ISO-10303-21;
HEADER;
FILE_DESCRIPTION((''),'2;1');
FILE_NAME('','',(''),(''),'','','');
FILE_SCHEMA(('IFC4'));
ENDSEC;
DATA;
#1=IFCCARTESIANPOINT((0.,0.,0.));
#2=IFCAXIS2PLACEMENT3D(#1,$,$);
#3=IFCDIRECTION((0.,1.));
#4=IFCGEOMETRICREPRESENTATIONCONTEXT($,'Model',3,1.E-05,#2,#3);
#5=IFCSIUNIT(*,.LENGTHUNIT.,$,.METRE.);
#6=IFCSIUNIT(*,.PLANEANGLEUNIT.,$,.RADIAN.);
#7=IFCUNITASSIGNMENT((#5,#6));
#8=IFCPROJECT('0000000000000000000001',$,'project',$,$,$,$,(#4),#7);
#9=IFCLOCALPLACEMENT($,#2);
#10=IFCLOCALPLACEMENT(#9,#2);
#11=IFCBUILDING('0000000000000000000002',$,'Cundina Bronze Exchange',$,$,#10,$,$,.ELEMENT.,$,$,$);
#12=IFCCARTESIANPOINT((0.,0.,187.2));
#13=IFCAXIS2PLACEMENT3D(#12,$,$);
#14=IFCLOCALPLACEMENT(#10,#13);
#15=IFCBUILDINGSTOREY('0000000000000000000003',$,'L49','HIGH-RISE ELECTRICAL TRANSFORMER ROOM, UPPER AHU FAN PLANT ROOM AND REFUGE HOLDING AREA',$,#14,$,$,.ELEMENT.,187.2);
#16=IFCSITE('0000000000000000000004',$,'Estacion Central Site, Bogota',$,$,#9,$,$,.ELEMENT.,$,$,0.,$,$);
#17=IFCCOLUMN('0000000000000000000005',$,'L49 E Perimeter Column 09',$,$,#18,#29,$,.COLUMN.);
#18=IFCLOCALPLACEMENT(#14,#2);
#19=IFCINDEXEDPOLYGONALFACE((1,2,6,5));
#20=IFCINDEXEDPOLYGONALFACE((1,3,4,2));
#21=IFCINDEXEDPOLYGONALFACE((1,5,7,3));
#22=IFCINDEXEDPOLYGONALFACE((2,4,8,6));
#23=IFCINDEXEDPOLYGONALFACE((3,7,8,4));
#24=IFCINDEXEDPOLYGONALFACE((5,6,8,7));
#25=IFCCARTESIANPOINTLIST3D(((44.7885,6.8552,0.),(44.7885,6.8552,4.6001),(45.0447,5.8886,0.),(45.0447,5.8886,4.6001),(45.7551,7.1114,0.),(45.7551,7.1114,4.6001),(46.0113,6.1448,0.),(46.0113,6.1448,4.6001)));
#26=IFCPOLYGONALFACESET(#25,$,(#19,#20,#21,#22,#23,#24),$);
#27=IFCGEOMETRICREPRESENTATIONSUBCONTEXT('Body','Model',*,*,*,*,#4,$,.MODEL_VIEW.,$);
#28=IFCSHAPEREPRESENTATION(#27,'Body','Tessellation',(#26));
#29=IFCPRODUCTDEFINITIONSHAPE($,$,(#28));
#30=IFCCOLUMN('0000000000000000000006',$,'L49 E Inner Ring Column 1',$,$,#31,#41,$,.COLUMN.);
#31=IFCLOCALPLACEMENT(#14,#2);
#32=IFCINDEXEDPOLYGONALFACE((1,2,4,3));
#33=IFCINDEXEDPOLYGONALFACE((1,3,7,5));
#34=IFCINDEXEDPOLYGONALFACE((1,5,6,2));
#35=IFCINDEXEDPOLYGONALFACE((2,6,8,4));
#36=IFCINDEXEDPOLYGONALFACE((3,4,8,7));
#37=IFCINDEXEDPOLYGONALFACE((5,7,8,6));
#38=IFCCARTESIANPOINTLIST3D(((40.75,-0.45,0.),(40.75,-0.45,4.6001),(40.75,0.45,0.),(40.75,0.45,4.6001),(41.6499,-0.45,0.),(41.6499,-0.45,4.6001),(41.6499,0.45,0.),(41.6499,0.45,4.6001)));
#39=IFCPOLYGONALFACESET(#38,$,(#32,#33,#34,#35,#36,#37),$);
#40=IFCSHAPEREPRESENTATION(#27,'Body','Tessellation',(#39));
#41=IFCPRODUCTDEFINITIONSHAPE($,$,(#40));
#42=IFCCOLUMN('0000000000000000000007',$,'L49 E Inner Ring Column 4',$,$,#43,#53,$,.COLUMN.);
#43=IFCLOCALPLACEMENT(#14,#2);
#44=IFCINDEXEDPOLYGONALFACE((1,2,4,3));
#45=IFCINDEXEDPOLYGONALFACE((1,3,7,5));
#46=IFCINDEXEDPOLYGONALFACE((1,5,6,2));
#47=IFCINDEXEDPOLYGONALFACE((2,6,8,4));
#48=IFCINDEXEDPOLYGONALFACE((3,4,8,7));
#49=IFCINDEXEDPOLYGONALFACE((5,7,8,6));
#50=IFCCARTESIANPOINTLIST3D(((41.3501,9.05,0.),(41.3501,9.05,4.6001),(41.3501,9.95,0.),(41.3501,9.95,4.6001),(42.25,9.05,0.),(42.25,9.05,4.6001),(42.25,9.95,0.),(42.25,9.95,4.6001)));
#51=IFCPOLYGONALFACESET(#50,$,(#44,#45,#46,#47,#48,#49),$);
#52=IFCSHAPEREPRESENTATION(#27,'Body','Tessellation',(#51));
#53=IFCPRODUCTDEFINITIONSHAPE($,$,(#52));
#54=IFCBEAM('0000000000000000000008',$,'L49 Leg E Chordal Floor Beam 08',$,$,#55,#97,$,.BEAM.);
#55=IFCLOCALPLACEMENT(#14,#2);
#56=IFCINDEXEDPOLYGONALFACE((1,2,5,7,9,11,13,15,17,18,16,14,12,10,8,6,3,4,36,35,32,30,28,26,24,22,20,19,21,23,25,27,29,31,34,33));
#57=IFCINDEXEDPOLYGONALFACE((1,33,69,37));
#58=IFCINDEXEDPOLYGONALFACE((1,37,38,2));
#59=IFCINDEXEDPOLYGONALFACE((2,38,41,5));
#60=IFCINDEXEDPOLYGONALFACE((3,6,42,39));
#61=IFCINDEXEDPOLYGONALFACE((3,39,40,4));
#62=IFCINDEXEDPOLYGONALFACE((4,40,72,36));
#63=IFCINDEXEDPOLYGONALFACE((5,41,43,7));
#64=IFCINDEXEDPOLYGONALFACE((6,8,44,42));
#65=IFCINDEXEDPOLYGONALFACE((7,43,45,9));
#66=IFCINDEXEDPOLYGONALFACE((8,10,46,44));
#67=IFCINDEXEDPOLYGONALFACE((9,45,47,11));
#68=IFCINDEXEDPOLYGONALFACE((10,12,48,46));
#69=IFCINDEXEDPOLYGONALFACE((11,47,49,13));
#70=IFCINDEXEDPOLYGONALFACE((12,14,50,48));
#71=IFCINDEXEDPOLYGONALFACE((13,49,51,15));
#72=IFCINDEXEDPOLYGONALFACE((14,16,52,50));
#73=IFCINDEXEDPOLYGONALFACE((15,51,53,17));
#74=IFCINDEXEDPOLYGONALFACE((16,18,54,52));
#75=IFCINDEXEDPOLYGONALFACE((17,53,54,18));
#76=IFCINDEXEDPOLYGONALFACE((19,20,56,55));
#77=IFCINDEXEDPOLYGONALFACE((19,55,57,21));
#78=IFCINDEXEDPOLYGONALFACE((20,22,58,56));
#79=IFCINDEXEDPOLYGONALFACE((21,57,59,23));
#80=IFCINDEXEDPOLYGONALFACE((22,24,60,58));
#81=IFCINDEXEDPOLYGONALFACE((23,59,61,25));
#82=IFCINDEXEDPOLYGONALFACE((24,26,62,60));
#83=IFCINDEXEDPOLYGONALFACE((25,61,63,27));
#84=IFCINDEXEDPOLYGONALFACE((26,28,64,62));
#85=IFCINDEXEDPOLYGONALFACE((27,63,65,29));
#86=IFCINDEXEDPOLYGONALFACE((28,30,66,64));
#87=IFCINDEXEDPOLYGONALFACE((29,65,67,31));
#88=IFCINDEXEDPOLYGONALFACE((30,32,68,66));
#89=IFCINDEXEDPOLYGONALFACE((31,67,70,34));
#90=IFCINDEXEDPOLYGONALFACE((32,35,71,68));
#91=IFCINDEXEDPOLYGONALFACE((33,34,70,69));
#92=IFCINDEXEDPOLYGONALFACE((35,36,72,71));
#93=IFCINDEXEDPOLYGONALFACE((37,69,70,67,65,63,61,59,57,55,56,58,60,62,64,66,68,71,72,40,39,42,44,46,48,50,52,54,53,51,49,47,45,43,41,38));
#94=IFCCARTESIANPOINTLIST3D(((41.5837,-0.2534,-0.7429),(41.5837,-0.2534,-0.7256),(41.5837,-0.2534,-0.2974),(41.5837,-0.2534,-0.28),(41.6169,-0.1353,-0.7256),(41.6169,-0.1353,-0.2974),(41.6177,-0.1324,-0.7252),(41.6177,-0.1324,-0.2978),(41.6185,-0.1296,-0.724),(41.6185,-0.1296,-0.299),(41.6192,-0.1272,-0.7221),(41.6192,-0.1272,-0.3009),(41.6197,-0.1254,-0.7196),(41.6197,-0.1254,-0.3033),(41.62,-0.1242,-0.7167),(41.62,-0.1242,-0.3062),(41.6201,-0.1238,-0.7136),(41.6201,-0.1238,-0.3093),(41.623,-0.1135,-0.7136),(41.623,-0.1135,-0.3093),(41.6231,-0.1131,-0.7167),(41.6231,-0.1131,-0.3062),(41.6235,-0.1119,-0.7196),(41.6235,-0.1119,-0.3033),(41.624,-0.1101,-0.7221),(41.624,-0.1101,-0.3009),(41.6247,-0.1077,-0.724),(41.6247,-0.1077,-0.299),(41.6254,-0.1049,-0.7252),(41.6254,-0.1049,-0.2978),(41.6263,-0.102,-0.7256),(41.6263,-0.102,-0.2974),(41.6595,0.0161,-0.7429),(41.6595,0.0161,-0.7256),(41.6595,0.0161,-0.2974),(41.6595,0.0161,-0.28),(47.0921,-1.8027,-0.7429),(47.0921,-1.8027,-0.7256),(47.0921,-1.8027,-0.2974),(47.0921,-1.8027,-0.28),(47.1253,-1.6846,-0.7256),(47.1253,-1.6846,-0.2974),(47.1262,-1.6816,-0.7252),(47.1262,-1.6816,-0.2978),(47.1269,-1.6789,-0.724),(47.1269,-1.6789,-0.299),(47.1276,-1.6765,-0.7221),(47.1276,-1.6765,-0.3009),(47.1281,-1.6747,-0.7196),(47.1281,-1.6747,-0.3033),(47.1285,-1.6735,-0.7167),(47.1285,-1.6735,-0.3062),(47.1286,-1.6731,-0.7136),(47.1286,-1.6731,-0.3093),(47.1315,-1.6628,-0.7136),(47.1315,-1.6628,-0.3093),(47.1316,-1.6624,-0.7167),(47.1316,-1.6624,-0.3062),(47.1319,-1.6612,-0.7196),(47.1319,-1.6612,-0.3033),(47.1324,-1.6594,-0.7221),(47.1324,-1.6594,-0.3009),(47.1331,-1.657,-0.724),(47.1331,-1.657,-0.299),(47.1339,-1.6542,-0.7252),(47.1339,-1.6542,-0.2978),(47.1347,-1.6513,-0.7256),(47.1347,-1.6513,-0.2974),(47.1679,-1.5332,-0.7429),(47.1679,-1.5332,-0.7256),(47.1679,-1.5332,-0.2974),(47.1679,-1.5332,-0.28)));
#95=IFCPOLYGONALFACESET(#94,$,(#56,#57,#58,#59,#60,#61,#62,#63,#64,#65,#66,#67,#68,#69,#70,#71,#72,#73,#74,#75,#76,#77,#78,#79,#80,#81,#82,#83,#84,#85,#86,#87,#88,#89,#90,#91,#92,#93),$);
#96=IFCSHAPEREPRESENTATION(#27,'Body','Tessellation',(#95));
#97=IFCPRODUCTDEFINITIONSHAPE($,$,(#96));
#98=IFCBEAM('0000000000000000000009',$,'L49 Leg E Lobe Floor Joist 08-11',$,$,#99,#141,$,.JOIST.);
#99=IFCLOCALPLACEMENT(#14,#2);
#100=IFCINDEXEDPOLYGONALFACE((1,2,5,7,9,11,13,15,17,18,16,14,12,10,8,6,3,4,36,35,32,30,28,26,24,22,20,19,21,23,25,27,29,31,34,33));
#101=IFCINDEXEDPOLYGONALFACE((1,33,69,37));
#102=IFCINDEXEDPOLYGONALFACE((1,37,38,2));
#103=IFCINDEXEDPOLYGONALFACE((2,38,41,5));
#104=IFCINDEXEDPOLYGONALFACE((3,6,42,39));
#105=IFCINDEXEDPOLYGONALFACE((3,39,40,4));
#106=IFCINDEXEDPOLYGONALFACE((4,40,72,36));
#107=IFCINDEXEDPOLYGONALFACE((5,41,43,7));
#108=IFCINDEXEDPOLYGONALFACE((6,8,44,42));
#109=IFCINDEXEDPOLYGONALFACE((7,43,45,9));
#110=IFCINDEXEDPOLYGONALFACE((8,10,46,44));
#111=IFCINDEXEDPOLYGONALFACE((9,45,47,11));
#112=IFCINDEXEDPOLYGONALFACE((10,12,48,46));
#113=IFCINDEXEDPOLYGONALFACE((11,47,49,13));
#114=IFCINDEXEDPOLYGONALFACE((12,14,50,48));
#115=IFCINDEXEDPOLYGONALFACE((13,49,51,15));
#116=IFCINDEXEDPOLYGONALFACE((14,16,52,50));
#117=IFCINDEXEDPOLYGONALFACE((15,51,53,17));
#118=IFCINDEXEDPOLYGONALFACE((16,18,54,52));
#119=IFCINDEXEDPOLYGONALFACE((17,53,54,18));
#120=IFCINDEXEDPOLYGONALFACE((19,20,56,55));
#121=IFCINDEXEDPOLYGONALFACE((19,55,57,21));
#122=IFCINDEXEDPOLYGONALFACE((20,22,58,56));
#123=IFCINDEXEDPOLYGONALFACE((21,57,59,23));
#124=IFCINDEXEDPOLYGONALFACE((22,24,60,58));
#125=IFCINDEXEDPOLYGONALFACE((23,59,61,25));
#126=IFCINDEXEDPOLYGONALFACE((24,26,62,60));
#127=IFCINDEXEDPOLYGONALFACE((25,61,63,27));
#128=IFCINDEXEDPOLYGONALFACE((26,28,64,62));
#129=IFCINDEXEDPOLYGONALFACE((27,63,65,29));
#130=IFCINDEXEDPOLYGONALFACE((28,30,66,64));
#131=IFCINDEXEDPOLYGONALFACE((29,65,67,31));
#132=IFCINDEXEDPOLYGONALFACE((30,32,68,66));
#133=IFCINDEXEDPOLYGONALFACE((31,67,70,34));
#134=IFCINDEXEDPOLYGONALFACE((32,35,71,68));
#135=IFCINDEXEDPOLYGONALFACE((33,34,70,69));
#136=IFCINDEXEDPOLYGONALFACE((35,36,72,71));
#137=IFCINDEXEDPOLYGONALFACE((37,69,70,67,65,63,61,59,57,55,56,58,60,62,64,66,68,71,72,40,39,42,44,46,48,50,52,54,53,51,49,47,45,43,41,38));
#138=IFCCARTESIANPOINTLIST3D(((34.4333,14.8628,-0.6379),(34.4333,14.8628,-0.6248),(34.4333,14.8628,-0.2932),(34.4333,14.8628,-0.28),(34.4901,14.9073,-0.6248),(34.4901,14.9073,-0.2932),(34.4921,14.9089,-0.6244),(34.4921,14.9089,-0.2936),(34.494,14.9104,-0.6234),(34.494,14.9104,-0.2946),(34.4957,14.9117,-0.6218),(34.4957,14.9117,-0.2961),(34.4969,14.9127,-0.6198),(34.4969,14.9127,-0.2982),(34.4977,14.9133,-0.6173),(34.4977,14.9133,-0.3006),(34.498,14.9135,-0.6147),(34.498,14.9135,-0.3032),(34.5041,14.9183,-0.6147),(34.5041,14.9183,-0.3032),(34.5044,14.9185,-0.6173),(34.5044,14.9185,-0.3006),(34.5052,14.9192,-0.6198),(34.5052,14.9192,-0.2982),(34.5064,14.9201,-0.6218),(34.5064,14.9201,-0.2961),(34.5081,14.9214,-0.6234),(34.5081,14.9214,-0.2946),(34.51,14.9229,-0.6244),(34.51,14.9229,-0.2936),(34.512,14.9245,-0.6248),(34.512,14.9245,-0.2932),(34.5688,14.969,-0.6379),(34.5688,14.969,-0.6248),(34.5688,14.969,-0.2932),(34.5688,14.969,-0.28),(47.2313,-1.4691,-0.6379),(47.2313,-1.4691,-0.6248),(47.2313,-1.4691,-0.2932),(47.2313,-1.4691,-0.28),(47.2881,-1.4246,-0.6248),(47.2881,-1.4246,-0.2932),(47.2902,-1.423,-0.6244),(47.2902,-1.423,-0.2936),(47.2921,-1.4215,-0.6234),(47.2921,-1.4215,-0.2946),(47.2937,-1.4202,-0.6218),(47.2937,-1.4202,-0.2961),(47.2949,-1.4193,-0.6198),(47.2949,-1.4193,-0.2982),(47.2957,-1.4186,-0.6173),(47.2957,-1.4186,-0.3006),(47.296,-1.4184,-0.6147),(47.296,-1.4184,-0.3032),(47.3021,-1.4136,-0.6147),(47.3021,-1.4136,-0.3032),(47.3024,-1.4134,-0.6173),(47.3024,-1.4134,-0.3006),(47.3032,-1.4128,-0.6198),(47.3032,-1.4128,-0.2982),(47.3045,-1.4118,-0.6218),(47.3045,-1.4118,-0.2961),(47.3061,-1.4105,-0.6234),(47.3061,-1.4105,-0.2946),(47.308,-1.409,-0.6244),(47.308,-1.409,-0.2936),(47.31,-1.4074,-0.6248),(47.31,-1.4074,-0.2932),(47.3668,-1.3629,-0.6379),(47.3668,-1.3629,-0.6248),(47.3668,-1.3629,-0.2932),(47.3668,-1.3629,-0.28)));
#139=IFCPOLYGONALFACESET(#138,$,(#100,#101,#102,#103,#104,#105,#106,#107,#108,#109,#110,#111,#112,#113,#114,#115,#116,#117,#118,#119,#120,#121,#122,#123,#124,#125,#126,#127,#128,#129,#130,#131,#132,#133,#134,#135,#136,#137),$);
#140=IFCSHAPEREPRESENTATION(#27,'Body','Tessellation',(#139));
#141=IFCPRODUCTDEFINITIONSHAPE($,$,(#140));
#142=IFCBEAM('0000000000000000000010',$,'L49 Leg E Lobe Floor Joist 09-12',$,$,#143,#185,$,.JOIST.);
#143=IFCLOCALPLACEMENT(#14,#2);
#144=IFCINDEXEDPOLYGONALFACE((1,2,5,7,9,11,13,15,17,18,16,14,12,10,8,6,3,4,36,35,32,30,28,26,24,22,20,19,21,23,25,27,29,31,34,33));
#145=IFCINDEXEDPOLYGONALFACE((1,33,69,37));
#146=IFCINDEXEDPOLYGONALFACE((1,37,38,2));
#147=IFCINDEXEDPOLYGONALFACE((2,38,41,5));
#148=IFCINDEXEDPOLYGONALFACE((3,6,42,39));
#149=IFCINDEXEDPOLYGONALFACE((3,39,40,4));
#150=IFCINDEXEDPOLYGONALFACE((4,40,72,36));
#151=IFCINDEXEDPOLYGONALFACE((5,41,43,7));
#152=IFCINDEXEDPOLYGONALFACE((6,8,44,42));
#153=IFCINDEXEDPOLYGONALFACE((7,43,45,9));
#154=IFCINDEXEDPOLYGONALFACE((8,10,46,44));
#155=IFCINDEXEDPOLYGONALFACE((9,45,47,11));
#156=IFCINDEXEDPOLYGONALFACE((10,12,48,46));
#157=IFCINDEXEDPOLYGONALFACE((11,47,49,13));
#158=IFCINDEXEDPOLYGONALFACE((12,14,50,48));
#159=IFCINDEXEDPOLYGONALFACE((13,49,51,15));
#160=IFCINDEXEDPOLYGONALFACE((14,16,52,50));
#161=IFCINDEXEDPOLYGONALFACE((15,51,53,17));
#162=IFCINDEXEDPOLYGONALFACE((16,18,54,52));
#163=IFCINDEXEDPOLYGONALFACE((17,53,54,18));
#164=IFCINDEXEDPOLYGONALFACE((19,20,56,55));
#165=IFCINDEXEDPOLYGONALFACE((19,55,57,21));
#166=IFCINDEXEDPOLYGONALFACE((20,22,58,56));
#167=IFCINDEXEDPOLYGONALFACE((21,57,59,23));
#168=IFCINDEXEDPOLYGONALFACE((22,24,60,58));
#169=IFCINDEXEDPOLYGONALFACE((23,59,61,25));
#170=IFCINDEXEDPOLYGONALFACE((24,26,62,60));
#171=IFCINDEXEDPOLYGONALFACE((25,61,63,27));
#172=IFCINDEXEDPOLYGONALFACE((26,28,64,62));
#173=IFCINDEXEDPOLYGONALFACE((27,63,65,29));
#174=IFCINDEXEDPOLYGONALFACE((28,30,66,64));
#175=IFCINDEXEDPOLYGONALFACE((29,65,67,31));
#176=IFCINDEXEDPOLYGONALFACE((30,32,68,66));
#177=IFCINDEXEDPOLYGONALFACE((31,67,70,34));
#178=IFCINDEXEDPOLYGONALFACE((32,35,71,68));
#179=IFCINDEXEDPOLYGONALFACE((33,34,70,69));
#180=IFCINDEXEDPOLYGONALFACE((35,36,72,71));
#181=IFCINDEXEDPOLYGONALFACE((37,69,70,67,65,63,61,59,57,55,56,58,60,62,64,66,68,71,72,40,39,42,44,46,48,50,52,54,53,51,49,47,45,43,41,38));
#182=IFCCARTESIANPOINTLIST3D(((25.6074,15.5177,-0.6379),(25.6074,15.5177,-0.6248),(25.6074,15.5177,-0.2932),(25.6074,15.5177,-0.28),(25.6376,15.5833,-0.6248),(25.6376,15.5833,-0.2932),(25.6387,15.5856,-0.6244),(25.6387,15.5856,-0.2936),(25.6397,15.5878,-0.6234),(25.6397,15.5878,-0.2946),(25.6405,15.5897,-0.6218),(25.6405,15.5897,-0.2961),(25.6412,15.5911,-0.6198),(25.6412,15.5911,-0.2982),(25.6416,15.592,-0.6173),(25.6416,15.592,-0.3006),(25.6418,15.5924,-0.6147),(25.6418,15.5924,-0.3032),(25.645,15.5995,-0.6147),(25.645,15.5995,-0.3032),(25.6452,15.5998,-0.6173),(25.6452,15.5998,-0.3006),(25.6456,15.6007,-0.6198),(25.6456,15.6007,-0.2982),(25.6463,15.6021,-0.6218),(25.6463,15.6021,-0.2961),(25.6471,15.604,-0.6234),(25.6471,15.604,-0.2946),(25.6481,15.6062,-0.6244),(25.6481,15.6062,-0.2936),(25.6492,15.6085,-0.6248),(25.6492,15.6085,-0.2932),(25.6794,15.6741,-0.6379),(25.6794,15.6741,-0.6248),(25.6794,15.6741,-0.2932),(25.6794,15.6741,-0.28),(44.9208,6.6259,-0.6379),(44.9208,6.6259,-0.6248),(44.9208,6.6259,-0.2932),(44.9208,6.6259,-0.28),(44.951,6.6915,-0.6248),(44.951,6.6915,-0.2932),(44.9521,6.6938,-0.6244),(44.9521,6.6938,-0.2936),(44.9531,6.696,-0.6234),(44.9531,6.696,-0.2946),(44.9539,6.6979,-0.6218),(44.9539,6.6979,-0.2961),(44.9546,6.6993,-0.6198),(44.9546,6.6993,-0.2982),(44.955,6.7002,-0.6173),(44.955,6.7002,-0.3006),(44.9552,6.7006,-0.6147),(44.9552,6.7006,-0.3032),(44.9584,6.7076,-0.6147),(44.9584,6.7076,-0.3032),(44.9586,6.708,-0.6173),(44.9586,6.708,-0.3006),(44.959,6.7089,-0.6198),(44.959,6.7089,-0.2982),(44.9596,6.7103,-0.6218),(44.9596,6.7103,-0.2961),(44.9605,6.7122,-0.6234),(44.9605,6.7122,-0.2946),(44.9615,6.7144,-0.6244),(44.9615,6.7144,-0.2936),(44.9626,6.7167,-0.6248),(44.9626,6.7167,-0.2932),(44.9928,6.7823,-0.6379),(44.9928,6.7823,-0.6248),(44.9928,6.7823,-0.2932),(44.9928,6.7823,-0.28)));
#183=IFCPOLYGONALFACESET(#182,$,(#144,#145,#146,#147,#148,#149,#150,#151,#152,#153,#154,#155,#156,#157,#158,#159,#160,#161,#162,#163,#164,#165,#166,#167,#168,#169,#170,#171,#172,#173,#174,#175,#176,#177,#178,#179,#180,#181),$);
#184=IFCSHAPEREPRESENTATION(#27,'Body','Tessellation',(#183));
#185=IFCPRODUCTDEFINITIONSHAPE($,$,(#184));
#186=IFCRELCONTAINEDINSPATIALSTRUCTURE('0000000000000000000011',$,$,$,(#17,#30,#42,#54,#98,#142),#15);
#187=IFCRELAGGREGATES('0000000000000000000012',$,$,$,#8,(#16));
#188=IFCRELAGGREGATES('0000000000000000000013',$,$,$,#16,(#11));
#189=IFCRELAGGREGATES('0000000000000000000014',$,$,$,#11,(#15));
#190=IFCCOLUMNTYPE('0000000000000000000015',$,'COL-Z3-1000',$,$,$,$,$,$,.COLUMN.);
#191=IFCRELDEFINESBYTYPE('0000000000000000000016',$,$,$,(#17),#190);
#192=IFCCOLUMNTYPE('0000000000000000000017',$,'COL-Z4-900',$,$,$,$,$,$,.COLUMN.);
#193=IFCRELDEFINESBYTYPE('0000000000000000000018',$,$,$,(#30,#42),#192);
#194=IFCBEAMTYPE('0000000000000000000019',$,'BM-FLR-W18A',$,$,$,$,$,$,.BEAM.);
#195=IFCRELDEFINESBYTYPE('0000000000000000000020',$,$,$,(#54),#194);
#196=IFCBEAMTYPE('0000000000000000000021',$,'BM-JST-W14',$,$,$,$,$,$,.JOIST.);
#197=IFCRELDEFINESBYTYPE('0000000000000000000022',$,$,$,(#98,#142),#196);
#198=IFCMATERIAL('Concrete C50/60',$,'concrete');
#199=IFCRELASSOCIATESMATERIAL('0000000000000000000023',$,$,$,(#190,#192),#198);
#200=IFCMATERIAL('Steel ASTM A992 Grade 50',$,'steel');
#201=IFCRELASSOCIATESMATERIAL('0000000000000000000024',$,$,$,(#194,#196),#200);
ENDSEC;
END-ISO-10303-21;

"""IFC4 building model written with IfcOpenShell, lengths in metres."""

from ifc_helpers import new_model, si_unit, direction, frame, origin, origin_2d, place, context, subcontext, project, spatial, rectangle, i_section, extrude, material, material_profile, profile_set, type_object, element, save


model = new_model("IFC4")

# Units and contexts
model_context = context("Model", 3, precision=1e-05, world=origin(), true_north=direction((0.0, 1.0)))
body_context = subcontext(model_context, "Body", "Model", "MODEL_VIEW")
ifc_project = project(units=[si_unit("LENGTHUNIT", "METRE"), si_unit("PLANEANGLEUNIT", "RADIAN")], contexts=[model_context])

# Site, building, storey
site_placement = place(None, origin())
site = spatial("IfcSite", under=ifc_project, at=site_placement, Name="Estacion Central Site, Bogota", CompositionType="ELEMENT", RefElevation=0.0)
building_placement = place(site_placement, origin())
building = spatial("IfcBuilding", under=site, at=building_placement, Name="Cundina Bronze Exchange", CompositionType="ELEMENT")
storey_placement = place(building_placement, frame((0.0, 0.0, 187.2)))
storey = spatial("IfcBuildingStorey", under=building, at=storey_placement, Name="L49", Description="HIGH-RISE ELECTRICAL TRANSFORMER ROOM, UPPER AHU FAN PLANT ROOM AND REFUGE HOLDING AREA", CompositionType="ELEMENT", Elevation=187.2)

# Columns
ifc_material_1 = material(Name="Concrete C50/60", Category="concrete")
ifc_material_profile_1 = material_profile(ifc_material_1, rectangle(XDim=1.0, YDim=1.0, at=origin_2d()), Name="RC1000X1000", Category="concrete")
ifc_profile_set_1 = profile_set([ifc_material_profile_1], Name="Concrete C50/60")
column_type_1 = type_object("IfcColumnType", Name="COL-Z3-1000", PredefinedType="COLUMN", material=ifc_profile_set_1)
column_placement = place(storey_placement, frame((45.3999, 6.5, 0.0), z_axis=(0.0, 0.0, 1.0), x_axis=(-0.256289, 0.9666, 0.0)))
element("IfcColumn", 1, at=column_placement, inside=storey, type_object=column_type_1, Name="L49 E Perimeter Column 09", PredefinedType="COLUMN", context=body_context, shape_type="SweptSolid", body=[
    extrude(rectangle(XDim=1.0, YDim=1.0, at=origin_2d()), origin(), (0.0, 0.0, 1.0), 4.6001),
])
ifc_material_profile_2 = material_profile(ifc_material_1, rectangle(XDim=0.8999, YDim=0.8999, at=origin_2d()), Name="RC900X900", Category="concrete")
ifc_profile_set_2 = profile_set([ifc_material_profile_2], Name="Concrete C50/60")
column_type_2 = type_object("IfcColumnType", Name="COL-Z4-900", PredefinedType="COLUMN", material=ifc_profile_set_2)
for number, where, z_axis, x_axis, name in (
    (2, (41.2, 0.0, 0.0), (0.0, 0.0, 1.0), (1.0, 0.0, 0.0), "L49 E Inner Ring Column 1"),
    (3, (41.8, 9.5, 0.0), (0.0, 0.0, 1.0), (1.0, 0.0, 0.0), "L49 E Inner Ring Column 4"),
):
    element("IfcColumn", number, at=place(storey_placement, frame(where, z_axis=z_axis, x_axis=x_axis)), inside=storey, type_object=column_type_2, Name=name, PredefinedType="COLUMN", context=body_context, shape_type="SweptSolid", body=[
        extrude(rectangle(XDim=0.8999, YDim=0.8999, at=origin_2d()), origin(), (0.0, 0.0, 1.0), 4.6001),
    ])

# Beams
ifc_material_2 = material(Name="Steel ASTM A992 Grade 50", Category="steel")
ifc_material_profile_3 = material_profile(ifc_material_2, i_section(OverallWidth=0.28, OverallDepth=0.4629, WebThickness=0.0107, FlangeThickness=0.0173, FilletRadius=0.012, at=origin_2d()), Name="W18X76", Category="steel")
ifc_profile_set_3 = profile_set([ifc_material_profile_3], Name="Steel ASTM A992 Grade 50")
beam_type_1 = type_object("IfcBeamType", Name="BM-FLR-W18A", PredefinedType="BEAM", material=ifc_profile_set_3)
beam_1_placement = place(storey_placement, frame((41.6216, -0.1187, -0.5115), z_axis=(0.962649, -0.270752, 0.0), x_axis=(0.270752, 0.962649, 0.0)))
element("IfcBeam", 4, at=beam_1_placement, inside=storey, type_object=beam_type_1, Name="L49 Leg E Chordal Floor Beam 08", PredefinedType="BEAM", context=body_context, shape_type="SweptSolid", body=[
    extrude(i_section(OverallWidth=0.28, OverallDepth=0.4629, WebThickness=0.0107, FlangeThickness=0.0173, FilletRadius=0.012, at=origin_2d()), origin(), (0.0, 0.0, 1.0), 5.7222),
])
ifc_material_profile_4 = material_profile(ifc_material_2, i_section(OverallWidth=0.1721, OverallDepth=0.3579, WebThickness=0.0078, FlangeThickness=0.0132, FilletRadius=0.01, at=origin_2d()), Name="W14X38", Category="steel")
ifc_profile_set_4 = profile_set([ifc_material_profile_4], Name="Steel ASTM A992 Grade 50")
beam_type_2 = type_object("IfcBeamType", Name="BM-JST-W14", PredefinedType="JOIST", material=ifc_profile_set_4)
beam_2_placement = place(storey_placement, frame((47.2991, -1.416, -0.459), z_axis=(-0.616801, 0.787119, 0.0), x_axis=(-0.787119, -0.616801, 0.0)))
element("IfcBeam", 5, at=beam_2_placement, inside=storey, type_object=beam_type_2, Name="L49 Leg E Lobe Floor Joist 08-11", PredefinedType="JOIST", context=body_context, shape_type="SweptSolid", body=[
    extrude(i_section(OverallWidth=0.1721, OverallDepth=0.3579, WebThickness=0.0078, FlangeThickness=0.0132, FilletRadius=0.01, at=origin_2d()), origin(), (0.0, 0.0, 1.0), 20.749),
])
beam_3_placement = place(storey_placement, frame((44.9568, 6.7041, -0.459), z_axis=(-0.908354, 0.418202, 0.0), x_axis=(-0.418202, -0.908354, 0.0)))
element("IfcBeam", 6, at=beam_3_placement, inside=storey, type_object=beam_type_2, Name="L49 Leg E Lobe Floor Joist 09-12", PredefinedType="JOIST", context=body_context, shape_type="SweptSolid", body=[
    extrude(i_section(OverallWidth=0.1721, OverallDepth=0.3579, WebThickness=0.0078, FlangeThickness=0.0132, FilletRadius=0.01, at=origin_2d()), origin(), (0.0, 0.0, 1.0), 21.262),
])

save(model, "model.ifc")
